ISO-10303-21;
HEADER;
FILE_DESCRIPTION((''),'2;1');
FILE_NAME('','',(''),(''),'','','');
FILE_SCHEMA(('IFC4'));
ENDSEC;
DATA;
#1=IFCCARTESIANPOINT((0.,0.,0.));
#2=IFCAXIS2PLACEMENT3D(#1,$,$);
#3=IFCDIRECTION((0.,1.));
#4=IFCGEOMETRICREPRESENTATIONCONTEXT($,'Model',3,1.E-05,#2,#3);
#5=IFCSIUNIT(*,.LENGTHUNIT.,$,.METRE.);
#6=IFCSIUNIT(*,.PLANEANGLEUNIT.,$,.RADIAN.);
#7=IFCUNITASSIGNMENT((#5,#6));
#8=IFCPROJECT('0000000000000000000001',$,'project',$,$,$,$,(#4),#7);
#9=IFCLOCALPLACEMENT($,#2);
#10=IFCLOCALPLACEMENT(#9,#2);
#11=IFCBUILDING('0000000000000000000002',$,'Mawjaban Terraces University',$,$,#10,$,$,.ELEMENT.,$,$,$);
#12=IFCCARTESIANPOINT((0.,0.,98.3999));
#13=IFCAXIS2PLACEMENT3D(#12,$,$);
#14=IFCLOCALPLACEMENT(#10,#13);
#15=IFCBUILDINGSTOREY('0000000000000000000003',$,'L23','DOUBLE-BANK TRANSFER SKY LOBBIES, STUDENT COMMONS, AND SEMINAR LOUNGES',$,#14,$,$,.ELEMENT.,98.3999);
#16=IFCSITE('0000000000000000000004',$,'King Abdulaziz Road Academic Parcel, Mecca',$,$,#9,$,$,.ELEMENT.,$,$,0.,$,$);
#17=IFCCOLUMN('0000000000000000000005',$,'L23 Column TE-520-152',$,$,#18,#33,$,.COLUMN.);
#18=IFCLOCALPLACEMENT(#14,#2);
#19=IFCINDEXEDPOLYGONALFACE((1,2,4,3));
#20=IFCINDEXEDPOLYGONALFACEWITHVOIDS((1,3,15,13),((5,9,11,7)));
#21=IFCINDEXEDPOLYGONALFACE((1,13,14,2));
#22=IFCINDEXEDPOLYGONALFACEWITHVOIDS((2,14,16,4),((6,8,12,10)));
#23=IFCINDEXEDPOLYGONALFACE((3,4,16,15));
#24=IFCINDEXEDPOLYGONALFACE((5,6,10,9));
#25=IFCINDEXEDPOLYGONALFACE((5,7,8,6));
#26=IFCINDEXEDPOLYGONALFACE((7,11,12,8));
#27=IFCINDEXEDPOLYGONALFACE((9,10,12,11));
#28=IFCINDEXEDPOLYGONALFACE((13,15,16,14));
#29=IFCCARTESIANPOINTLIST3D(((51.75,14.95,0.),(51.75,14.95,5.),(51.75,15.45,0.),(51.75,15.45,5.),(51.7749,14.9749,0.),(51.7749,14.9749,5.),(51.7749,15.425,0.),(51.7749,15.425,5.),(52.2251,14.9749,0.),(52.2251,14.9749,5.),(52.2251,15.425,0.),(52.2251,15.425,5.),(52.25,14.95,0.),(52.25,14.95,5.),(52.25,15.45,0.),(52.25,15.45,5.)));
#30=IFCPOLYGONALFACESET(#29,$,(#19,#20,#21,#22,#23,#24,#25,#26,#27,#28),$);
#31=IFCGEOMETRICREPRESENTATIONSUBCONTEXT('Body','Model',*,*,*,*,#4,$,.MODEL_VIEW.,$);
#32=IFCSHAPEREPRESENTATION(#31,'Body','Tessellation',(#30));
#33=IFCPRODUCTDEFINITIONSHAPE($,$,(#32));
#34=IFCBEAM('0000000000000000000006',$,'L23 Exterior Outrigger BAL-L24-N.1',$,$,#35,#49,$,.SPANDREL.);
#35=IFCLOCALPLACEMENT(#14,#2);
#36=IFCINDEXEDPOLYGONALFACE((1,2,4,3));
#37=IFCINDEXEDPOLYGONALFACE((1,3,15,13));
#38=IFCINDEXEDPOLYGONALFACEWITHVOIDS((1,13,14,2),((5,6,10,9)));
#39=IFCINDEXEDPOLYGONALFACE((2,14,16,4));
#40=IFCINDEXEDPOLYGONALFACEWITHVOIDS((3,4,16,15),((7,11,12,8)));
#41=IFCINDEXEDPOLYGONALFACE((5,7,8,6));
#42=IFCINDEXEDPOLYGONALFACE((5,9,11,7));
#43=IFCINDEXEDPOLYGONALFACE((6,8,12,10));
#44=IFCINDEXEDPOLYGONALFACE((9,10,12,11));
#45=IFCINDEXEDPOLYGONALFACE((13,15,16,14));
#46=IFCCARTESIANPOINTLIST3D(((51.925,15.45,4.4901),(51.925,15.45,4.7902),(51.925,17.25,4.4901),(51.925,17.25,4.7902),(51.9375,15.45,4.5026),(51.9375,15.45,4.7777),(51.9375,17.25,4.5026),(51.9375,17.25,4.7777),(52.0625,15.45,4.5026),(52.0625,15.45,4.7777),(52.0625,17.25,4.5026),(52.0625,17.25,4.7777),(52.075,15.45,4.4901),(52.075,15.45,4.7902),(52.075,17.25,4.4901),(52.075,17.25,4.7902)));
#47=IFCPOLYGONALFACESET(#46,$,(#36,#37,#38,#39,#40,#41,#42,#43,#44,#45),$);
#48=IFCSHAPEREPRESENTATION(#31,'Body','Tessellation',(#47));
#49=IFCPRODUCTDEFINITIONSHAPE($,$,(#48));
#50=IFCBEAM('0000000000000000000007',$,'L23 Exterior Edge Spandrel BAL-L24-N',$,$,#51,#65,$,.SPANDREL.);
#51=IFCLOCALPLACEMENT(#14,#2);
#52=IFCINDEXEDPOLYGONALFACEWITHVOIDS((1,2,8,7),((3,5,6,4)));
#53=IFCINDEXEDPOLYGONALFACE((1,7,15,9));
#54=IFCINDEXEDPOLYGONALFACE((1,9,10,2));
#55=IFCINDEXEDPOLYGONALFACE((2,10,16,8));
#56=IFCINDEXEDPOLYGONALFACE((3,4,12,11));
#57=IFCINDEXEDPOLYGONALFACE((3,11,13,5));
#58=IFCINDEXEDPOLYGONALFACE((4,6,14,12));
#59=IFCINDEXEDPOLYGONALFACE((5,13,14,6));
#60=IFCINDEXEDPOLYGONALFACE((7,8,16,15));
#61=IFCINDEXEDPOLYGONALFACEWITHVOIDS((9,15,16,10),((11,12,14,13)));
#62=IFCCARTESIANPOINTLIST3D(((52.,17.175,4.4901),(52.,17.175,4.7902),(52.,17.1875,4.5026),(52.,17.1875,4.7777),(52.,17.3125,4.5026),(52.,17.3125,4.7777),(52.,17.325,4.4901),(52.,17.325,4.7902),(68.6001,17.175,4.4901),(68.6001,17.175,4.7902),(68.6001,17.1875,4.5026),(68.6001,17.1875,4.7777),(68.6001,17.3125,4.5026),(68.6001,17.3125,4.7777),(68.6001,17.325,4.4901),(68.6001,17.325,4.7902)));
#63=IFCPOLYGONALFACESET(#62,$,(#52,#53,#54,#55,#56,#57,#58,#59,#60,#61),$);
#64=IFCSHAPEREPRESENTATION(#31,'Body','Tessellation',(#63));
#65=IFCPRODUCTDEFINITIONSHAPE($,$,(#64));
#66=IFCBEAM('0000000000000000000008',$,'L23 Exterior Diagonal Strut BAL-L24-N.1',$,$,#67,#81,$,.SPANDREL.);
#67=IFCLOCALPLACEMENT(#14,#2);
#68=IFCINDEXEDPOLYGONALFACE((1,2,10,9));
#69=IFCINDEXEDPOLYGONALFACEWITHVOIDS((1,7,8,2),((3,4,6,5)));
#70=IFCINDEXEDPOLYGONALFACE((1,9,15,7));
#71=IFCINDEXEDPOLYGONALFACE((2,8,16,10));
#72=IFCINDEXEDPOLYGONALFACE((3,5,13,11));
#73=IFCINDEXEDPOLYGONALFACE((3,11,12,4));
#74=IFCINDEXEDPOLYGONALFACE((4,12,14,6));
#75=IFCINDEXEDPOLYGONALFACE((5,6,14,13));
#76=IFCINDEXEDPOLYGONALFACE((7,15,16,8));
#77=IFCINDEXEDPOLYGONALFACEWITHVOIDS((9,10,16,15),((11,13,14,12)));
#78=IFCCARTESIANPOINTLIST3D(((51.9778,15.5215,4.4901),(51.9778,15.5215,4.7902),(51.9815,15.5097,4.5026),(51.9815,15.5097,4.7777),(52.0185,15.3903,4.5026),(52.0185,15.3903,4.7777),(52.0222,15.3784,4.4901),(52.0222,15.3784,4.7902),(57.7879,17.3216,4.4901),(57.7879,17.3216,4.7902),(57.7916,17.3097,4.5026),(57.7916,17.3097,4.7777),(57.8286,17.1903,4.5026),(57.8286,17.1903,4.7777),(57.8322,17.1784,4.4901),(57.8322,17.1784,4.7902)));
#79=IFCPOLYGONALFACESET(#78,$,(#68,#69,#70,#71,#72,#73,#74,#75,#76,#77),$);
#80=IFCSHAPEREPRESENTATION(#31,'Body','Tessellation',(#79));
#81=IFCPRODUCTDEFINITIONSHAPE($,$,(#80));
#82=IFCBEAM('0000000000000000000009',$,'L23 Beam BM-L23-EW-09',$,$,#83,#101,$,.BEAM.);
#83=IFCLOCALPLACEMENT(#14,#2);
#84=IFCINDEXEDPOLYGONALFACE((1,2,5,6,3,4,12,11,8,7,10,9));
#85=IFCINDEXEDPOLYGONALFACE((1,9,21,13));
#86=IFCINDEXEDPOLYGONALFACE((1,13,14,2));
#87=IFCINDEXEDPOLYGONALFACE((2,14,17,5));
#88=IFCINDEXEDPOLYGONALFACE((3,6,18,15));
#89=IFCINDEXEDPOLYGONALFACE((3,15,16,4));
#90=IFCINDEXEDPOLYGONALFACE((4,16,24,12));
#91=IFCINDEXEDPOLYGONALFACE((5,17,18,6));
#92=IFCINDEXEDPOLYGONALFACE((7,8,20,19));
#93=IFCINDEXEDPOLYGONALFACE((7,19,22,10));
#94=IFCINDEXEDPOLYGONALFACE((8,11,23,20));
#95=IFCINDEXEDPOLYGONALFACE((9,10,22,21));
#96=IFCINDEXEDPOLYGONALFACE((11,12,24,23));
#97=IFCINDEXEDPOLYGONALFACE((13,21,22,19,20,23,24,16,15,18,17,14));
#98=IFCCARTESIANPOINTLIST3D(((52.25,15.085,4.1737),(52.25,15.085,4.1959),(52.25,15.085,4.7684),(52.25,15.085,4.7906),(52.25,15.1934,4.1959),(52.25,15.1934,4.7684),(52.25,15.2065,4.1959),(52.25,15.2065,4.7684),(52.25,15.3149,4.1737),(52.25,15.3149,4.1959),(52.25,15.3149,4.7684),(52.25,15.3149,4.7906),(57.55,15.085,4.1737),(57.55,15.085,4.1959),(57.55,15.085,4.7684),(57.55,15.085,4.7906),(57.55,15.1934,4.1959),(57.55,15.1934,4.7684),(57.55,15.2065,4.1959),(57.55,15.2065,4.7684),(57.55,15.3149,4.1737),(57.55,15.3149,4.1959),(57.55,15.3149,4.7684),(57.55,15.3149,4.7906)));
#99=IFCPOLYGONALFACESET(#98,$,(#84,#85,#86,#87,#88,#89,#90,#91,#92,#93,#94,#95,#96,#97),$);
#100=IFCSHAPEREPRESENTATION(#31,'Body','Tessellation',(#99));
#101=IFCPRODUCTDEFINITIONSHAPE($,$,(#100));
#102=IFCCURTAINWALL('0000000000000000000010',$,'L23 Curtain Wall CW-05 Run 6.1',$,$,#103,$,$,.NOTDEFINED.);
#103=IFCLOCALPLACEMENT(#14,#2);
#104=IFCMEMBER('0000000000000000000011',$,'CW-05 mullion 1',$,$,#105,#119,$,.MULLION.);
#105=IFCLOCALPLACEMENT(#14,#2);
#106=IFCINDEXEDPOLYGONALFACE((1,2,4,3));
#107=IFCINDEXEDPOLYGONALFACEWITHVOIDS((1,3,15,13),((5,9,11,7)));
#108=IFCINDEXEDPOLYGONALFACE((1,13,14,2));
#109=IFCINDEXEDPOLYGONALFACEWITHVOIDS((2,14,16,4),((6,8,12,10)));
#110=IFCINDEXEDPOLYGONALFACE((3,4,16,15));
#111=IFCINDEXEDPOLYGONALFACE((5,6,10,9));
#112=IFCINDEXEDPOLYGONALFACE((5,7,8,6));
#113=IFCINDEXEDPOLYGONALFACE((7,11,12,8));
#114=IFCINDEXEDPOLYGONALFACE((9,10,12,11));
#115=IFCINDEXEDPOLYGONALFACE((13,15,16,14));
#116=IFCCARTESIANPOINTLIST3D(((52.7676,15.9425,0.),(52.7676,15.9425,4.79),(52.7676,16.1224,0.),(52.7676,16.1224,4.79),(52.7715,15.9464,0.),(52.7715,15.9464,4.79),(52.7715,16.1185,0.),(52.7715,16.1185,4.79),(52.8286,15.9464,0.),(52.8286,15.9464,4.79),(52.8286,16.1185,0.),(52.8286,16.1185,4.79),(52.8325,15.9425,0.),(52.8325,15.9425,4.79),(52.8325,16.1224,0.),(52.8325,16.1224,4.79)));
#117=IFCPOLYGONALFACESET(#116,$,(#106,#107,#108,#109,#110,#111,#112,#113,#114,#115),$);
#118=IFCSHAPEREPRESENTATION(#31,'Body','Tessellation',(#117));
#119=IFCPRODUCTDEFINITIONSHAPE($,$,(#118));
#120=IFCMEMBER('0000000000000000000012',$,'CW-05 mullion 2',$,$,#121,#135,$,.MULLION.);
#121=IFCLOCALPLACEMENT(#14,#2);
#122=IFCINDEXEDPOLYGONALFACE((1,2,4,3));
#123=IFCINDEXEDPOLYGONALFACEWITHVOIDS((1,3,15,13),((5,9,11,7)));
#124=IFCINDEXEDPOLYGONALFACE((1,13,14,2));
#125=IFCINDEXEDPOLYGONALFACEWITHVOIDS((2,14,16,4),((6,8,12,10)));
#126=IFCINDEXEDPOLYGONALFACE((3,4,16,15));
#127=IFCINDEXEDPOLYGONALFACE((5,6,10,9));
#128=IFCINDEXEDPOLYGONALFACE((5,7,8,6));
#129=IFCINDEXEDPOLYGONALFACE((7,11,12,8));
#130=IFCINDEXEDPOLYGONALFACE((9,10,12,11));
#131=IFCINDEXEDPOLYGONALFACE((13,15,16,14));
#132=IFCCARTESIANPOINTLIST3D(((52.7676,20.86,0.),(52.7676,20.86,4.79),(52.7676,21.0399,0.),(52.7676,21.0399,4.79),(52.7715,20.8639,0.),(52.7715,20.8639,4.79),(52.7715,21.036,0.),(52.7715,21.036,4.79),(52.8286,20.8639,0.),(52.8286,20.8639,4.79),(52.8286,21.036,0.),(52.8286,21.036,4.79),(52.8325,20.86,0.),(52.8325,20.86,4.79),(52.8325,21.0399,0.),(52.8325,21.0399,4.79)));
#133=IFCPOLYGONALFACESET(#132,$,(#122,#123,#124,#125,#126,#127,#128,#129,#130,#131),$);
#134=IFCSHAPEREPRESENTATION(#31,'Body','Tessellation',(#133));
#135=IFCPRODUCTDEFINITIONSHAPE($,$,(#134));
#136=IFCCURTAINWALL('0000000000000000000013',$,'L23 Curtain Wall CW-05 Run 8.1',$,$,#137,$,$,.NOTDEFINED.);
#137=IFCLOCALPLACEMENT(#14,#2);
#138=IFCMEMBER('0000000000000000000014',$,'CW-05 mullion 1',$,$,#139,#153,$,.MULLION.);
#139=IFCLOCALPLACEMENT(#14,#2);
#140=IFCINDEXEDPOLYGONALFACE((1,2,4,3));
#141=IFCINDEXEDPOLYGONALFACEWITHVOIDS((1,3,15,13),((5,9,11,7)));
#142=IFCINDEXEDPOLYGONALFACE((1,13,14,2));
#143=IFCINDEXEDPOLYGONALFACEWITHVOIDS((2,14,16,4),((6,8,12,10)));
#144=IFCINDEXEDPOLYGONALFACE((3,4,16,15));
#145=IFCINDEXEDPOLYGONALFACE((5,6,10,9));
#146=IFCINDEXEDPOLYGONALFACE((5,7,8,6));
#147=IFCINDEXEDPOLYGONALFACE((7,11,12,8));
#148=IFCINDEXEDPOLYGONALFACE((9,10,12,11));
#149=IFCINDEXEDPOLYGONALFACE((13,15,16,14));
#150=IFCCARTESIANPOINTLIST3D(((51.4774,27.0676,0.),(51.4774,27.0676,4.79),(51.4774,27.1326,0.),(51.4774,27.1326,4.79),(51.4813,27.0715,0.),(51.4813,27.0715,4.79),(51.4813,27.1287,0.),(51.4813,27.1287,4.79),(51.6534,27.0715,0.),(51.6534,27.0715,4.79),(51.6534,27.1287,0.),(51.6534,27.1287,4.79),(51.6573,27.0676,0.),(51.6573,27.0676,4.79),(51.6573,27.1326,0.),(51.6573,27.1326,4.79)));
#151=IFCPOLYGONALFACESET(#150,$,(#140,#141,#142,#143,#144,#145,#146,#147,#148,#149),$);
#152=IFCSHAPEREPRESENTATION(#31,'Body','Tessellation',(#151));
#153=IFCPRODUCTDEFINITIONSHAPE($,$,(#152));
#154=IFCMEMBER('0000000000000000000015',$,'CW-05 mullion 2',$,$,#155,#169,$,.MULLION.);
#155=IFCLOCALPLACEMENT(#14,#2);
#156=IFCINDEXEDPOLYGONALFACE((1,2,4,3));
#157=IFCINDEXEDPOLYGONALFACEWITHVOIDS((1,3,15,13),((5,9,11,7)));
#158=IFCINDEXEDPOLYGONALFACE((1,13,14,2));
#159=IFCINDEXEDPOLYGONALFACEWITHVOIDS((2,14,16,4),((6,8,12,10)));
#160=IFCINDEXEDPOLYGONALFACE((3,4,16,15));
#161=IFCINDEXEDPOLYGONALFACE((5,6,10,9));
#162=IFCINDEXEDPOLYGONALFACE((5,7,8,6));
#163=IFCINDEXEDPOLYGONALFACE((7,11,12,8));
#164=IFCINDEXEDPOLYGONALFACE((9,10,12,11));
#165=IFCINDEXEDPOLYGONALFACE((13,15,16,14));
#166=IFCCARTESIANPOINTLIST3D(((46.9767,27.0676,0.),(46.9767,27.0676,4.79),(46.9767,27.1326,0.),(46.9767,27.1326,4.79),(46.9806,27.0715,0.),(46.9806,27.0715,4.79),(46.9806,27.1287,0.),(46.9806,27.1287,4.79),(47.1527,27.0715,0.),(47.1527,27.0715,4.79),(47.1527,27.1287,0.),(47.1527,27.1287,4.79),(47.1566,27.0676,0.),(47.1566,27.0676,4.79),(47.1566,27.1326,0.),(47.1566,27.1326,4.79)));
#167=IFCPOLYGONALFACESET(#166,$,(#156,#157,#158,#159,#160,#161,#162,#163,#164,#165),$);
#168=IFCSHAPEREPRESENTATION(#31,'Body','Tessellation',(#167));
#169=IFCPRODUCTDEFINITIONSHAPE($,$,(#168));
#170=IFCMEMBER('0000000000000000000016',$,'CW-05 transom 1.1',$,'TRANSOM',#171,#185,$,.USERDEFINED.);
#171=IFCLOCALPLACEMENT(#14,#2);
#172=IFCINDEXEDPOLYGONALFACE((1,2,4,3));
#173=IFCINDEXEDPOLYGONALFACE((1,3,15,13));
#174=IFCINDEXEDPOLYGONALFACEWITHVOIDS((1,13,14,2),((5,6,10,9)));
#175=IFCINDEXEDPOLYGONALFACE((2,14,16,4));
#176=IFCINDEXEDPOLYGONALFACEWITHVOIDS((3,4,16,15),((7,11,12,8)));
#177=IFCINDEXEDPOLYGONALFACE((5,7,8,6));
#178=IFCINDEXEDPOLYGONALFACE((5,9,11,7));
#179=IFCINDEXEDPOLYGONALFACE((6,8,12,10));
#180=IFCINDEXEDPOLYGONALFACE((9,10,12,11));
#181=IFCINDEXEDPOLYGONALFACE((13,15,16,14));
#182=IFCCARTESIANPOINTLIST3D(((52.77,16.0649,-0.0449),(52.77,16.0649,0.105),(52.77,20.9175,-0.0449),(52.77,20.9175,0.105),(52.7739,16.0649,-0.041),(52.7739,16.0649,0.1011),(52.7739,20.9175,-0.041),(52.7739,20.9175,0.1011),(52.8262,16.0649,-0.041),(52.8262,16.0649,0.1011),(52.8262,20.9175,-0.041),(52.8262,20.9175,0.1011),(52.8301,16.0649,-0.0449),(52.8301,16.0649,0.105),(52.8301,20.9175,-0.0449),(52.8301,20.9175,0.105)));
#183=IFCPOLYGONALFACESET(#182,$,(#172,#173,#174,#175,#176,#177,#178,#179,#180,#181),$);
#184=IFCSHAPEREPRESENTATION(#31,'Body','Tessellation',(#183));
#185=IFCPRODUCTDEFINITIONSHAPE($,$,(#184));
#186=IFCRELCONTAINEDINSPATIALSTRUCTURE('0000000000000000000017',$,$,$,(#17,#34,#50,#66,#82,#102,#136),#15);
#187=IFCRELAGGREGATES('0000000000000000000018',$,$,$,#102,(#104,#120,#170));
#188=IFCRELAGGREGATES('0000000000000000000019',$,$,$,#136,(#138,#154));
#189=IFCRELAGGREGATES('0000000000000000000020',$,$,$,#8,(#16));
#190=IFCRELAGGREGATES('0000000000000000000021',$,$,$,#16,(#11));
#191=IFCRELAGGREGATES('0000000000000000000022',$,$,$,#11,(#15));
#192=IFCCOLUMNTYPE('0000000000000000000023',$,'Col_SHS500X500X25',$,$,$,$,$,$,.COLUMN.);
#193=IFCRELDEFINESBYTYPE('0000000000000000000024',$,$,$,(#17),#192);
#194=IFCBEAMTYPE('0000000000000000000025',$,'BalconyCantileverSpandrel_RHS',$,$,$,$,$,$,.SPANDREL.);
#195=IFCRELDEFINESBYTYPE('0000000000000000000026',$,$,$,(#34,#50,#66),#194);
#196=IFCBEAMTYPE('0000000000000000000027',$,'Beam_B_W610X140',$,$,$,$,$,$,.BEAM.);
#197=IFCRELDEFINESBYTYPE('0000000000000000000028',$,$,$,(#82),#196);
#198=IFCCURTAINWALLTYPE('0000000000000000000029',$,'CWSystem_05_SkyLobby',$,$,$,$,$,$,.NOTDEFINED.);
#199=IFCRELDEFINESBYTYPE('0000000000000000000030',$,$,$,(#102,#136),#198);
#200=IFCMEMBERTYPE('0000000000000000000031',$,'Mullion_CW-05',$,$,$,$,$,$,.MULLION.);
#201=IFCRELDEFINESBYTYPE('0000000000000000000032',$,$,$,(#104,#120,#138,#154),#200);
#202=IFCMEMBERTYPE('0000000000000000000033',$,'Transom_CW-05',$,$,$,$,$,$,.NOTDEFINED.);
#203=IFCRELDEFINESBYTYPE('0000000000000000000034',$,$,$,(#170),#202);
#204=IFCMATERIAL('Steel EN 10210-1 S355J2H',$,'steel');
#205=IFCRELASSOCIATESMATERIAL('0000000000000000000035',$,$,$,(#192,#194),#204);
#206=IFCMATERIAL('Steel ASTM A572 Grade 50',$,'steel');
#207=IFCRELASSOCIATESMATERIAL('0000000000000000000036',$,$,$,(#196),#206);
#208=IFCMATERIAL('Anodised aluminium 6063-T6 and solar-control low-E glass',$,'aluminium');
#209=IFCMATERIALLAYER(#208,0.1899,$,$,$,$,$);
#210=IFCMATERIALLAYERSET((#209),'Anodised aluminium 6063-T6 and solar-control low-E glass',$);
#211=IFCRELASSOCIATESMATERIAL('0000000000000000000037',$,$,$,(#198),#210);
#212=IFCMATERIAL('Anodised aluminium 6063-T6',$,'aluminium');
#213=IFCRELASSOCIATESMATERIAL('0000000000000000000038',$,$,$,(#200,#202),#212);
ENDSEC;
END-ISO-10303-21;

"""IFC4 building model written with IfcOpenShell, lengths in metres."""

from ifc_helpers import new_model, si_unit, direction, frame, origin, origin_2d, place, context, subcontext, project, spatial, hollow_rectangle, i_section, extrude, material, layer, layer_set, material_profile, profile_set, type_object, element, aggregate, save


model = new_model("IFC4")

# Units and contexts
model_context = context("Model", 3, precision=1e-05, world=origin(), true_north=direction((0.0, 1.0)))
body_context = subcontext(model_context, "Body", "Model", "MODEL_VIEW")
ifc_project = project(units=[si_unit("LENGTHUNIT", "METRE"), si_unit("PLANEANGLEUNIT", "RADIAN")], contexts=[model_context])

# Site, building, storey
site_placement = place(None, origin())
site = spatial("IfcSite", under=ifc_project, at=site_placement, Name="King Abdulaziz Road Academic Parcel, Mecca", CompositionType="ELEMENT", RefElevation=0.0)
building_placement = place(site_placement, origin())
building = spatial("IfcBuilding", under=site, at=building_placement, Name="Mawjaban Terraces University", CompositionType="ELEMENT")
storey_placement = place(building_placement, frame((0.0, 0.0, 98.3999)))
storey = spatial("IfcBuildingStorey", under=building, at=storey_placement, Name="L23", Description="DOUBLE-BANK TRANSFER SKY LOBBIES, STUDENT COMMONS, AND SEMINAR LOUNGES", CompositionType="ELEMENT", Elevation=98.3999)

# Column
ifc_material_1 = material(Name="Steel EN 10210-1 S355J2H", Category="steel")
ifc_material_profile_1 = material_profile(ifc_material_1, hollow_rectangle(XDim=0.5, YDim=0.5, WallThickness=0.0249, at=origin_2d()), Name="SHS500X500X25")
ifc_profile_set_1 = profile_set([ifc_material_profile_1], Name="Steel EN 10210-1 S355J2H")
column_type = type_object("IfcColumnType", Name="Col_SHS500X500X25", PredefinedType="COLUMN", material=ifc_profile_set_1)
column_placement = place(storey_placement, frame((52.0, 15.2, 0.0), z_axis=(0.0, 0.0, 1.0), x_axis=(1.0, 0.0, 0.0)))
element("IfcColumn", 1, at=column_placement, inside=storey, type_object=column_type, Name="L23 Column TE-520-152", PredefinedType="COLUMN", context=body_context, shape_type="SweptSolid", body=[
    extrude(hollow_rectangle(XDim=0.5, YDim=0.5, WallThickness=0.0249, at=origin_2d()), origin(), (0.0, 0.0, 1.0), 5.0),
])

# Beams
ifc_material_profile_2 = material_profile(ifc_material_1, hollow_rectangle(XDim=0.1499, YDim=0.3, WallThickness=0.0125, at=origin_2d()), Name="RHS300X150X12.5")
ifc_profile_set_2 = profile_set([ifc_material_profile_2], Name="Steel EN 10210-1 S355J2H")
beam_type_1 = type_object("IfcBeamType", Name="BalconyCantileverSpandrel_RHS", PredefinedType="SPANDREL", material=ifc_profile_set_2)
beam_1_placement = place(storey_placement, frame((52.0, 15.45, 4.6401), z_axis=(0.0, 1.0, 0.0), x_axis=(-1.0, 0.0, 0.0)))
element("IfcBeam", 2, at=beam_1_placement, inside=storey, type_object=beam_type_1, Name="L23 Exterior Outrigger BAL-L24-N.1", PredefinedType="SPANDREL", context=body_context, shape_type="SweptSolid", body=[
    extrude(hollow_rectangle(XDim=0.1499, YDim=0.3, WallThickness=0.0125, at=origin_2d()), origin(), (0.0, 0.0, 1.0), 1.8),
])
beam_2_placement = place(storey_placement, frame((52.0, 17.25, 4.6401), z_axis=(1.0, 0.0, 0.0), x_axis=(0.0, 1.0, 0.0)))
element("IfcBeam", 3, at=beam_2_placement, inside=storey, type_object=beam_type_1, Name="L23 Exterior Edge Spandrel BAL-L24-N", PredefinedType="SPANDREL", context=body_context, shape_type="SweptSolid", body=[
    extrude(hollow_rectangle(XDim=0.1499, YDim=0.3, WallThickness=0.0125, at=origin_2d()), origin(), (0.0, 0.0, 1.0), 16.6001),
])
beam_3_placement = place(storey_placement, frame((52.0, 15.45, 4.6401), z_axis=(0.955207, 0.295938, 0.0), x_axis=(-0.295938, 0.955207, 0.0)))
element("IfcBeam", 4, at=beam_3_placement, inside=storey, type_object=beam_type_1, Name="L23 Exterior Diagonal Strut BAL-L24-N.1", PredefinedType="SPANDREL", context=body_context, shape_type="SweptSolid", body=[
    extrude(hollow_rectangle(XDim=0.1499, YDim=0.3, WallThickness=0.0125, at=origin_2d()), origin(), (0.0, 0.0, 1.0), 6.0825),
])
ifc_material_2 = material(Name="Steel ASTM A572 Grade 50", Category="steel")
ifc_material_profile_3 = material_profile(ifc_material_2, i_section(OverallWidth=0.23, OverallDepth=0.6169, WebThickness=0.0132, FlangeThickness=0.0222, at=origin_2d()), Name="W610X140")
ifc_profile_set_3 = profile_set([ifc_material_profile_3], Name="Steel ASTM A572 Grade 50")
beam_type_2 = type_object("IfcBeamType", Name="Beam_B_W610X140", PredefinedType="BEAM", material=ifc_profile_set_3)
beam_4_placement = place(storey_placement, frame((52.25, 15.2, 4.4822), z_axis=(1.0, 0.0, 0.0), x_axis=(0.0, 1.0, 0.0)))
element("IfcBeam", 5, at=beam_4_placement, inside=storey, type_object=beam_type_2, Name="L23 Beam BM-L23-EW-09", PredefinedType="BEAM", context=body_context, shape_type="SweptSolid", body=[
    extrude(i_section(OverallWidth=0.23, OverallDepth=0.6169, WebThickness=0.0132, FlangeThickness=0.0222, at=origin_2d()), origin(), (0.0, 0.0, 1.0), 5.3),
])

# Curtain walls, members
ifc_material_3 = material(Name="Anodised aluminium 6063-T6 and solar-control low-E glass", Category="aluminium")
ifc_layer_1 = layer(ifc_material_3, 0.1899)
ifc_layer_set_1 = layer_set([ifc_layer_1], Name="Anodised aluminium 6063-T6 and solar-control low-E glass")
curtain_wall_type = type_object("IfcCurtainWallType", Name="CWSystem_05_SkyLobby", PredefinedType="NOTDEFINED", material=ifc_layer_set_1)
curtain_wall_1_placement = place(storey_placement, origin())
curtain_wall_1 = element("IfcCurtainWall", 6, at=curtain_wall_1_placement, inside=storey, type_object=curtain_wall_type, Name="L23 Curtain Wall CW-05 Run 6.1", PredefinedType="NOTDEFINED")
ifc_material_4 = material(Name="Anodised aluminium 6063-T6", Category="aluminium")
ifc_material_profile_4 = material_profile(ifc_material_4, hollow_rectangle(XDim=0.0649, YDim=0.1799, WallThickness=0.0039, at=origin_2d()), Name="ALU180X65X4")
ifc_profile_set_4 = profile_set([ifc_material_profile_4], Name="Anodised aluminium 6063-T6")
member_type_1 = type_object("IfcMemberType", Name="Mullion_CW-05", PredefinedType="MULLION", material=ifc_profile_set_4)
member_1_placement = place(storey_placement, frame((52.8, 16.0325, 0.0), z_axis=(0.0, 0.0, 1.0), x_axis=(-1.0, 0.0, 0.0)))
member_1 = element("IfcMember", 7, at=member_1_placement, type_object=member_type_1, Name="CW-05 mullion 1", PredefinedType="MULLION", context=body_context, shape_type="SweptSolid", body=[
    extrude(hollow_rectangle(XDim=0.0649, YDim=0.1799, WallThickness=0.0039, at=origin_2d()), origin(), (0.0, 0.0, 1.0), 4.79),
])
member_2_placement = place(storey_placement, frame((52.8, 20.95, 0.0), z_axis=(0.0, 0.0, 1.0), x_axis=(-1.0, 0.0, 0.0)))
member_2 = element("IfcMember", 8, at=member_2_placement, type_object=member_type_1, Name="CW-05 mullion 2", PredefinedType="MULLION", context=body_context, shape_type="SweptSolid", body=[
    extrude(hollow_rectangle(XDim=0.0649, YDim=0.1799, WallThickness=0.0039, at=origin_2d()), origin(), (0.0, 0.0, 1.0), 4.79),
])
curtain_wall_2_placement = place(storey_placement, origin())
curtain_wall_2 = element("IfcCurtainWall", 9, at=curtain_wall_2_placement, inside=storey, type_object=curtain_wall_type, Name="L23 Curtain Wall CW-05 Run 8.1", PredefinedType="NOTDEFINED")
member_3_placement = place(storey_placement, frame((51.5674, 27.1001, 0.0), z_axis=(0.0, 0.0, 1.0), x_axis=(0.0, -1.0, 0.0)))
member_3 = element("IfcMember", 10, at=member_3_placement, type_object=member_type_1, Name="CW-05 mullion 1", PredefinedType="MULLION", context=body_context, shape_type="SweptSolid", body=[
    extrude(hollow_rectangle(XDim=0.0649, YDim=0.1799, WallThickness=0.0039, at=origin_2d()), origin(), (0.0, 0.0, 1.0), 4.79),
])
member_4_placement = place(storey_placement, frame((47.0667, 27.1001, 0.0), z_axis=(0.0, 0.0, 1.0), x_axis=(0.0, -1.0, 0.0)))
member_4 = element("IfcMember", 11, at=member_4_placement, type_object=member_type_1, Name="CW-05 mullion 2", PredefinedType="MULLION", context=body_context, shape_type="SweptSolid", body=[
    extrude(hollow_rectangle(XDim=0.0649, YDim=0.1799, WallThickness=0.0039, at=origin_2d()), origin(), (0.0, 0.0, 1.0), 4.79),
])

# Member
ifc_material_profile_5 = material_profile(ifc_material_4, hollow_rectangle(XDim=0.0601, YDim=0.1499, WallThickness=0.0039, at=origin_2d()), Name="ALU150X60X4")
ifc_profile_set_5 = profile_set([ifc_material_profile_5], Name="Anodised aluminium 6063-T6")
member_type_2 = type_object("IfcMemberType", Name="Transom_CW-05", PredefinedType="NOTDEFINED", material=ifc_profile_set_5)
member_5_placement = place(storey_placement, frame((52.8, 16.0649, 0.03), z_axis=(0.0, 1.0, 0.0), x_axis=(-1.0, 0.0, 0.0)))
member_5 = element("IfcMember", 12, at=member_5_placement, type_object=member_type_2, Name="CW-05 transom 1.1", ObjectType="TRANSOM", PredefinedType="USERDEFINED", context=body_context, shape_type="SweptSolid", body=[
    extrude(hollow_rectangle(XDim=0.0601, YDim=0.1499, WallThickness=0.0039, at=origin_2d()), origin(), (0.0, 0.0, 1.0), 4.8525),
])

aggregate(curtain_wall_1, [member_1, member_2, member_5])
aggregate(curtain_wall_2, [member_3, member_4])

save(model, "model.ifc")
